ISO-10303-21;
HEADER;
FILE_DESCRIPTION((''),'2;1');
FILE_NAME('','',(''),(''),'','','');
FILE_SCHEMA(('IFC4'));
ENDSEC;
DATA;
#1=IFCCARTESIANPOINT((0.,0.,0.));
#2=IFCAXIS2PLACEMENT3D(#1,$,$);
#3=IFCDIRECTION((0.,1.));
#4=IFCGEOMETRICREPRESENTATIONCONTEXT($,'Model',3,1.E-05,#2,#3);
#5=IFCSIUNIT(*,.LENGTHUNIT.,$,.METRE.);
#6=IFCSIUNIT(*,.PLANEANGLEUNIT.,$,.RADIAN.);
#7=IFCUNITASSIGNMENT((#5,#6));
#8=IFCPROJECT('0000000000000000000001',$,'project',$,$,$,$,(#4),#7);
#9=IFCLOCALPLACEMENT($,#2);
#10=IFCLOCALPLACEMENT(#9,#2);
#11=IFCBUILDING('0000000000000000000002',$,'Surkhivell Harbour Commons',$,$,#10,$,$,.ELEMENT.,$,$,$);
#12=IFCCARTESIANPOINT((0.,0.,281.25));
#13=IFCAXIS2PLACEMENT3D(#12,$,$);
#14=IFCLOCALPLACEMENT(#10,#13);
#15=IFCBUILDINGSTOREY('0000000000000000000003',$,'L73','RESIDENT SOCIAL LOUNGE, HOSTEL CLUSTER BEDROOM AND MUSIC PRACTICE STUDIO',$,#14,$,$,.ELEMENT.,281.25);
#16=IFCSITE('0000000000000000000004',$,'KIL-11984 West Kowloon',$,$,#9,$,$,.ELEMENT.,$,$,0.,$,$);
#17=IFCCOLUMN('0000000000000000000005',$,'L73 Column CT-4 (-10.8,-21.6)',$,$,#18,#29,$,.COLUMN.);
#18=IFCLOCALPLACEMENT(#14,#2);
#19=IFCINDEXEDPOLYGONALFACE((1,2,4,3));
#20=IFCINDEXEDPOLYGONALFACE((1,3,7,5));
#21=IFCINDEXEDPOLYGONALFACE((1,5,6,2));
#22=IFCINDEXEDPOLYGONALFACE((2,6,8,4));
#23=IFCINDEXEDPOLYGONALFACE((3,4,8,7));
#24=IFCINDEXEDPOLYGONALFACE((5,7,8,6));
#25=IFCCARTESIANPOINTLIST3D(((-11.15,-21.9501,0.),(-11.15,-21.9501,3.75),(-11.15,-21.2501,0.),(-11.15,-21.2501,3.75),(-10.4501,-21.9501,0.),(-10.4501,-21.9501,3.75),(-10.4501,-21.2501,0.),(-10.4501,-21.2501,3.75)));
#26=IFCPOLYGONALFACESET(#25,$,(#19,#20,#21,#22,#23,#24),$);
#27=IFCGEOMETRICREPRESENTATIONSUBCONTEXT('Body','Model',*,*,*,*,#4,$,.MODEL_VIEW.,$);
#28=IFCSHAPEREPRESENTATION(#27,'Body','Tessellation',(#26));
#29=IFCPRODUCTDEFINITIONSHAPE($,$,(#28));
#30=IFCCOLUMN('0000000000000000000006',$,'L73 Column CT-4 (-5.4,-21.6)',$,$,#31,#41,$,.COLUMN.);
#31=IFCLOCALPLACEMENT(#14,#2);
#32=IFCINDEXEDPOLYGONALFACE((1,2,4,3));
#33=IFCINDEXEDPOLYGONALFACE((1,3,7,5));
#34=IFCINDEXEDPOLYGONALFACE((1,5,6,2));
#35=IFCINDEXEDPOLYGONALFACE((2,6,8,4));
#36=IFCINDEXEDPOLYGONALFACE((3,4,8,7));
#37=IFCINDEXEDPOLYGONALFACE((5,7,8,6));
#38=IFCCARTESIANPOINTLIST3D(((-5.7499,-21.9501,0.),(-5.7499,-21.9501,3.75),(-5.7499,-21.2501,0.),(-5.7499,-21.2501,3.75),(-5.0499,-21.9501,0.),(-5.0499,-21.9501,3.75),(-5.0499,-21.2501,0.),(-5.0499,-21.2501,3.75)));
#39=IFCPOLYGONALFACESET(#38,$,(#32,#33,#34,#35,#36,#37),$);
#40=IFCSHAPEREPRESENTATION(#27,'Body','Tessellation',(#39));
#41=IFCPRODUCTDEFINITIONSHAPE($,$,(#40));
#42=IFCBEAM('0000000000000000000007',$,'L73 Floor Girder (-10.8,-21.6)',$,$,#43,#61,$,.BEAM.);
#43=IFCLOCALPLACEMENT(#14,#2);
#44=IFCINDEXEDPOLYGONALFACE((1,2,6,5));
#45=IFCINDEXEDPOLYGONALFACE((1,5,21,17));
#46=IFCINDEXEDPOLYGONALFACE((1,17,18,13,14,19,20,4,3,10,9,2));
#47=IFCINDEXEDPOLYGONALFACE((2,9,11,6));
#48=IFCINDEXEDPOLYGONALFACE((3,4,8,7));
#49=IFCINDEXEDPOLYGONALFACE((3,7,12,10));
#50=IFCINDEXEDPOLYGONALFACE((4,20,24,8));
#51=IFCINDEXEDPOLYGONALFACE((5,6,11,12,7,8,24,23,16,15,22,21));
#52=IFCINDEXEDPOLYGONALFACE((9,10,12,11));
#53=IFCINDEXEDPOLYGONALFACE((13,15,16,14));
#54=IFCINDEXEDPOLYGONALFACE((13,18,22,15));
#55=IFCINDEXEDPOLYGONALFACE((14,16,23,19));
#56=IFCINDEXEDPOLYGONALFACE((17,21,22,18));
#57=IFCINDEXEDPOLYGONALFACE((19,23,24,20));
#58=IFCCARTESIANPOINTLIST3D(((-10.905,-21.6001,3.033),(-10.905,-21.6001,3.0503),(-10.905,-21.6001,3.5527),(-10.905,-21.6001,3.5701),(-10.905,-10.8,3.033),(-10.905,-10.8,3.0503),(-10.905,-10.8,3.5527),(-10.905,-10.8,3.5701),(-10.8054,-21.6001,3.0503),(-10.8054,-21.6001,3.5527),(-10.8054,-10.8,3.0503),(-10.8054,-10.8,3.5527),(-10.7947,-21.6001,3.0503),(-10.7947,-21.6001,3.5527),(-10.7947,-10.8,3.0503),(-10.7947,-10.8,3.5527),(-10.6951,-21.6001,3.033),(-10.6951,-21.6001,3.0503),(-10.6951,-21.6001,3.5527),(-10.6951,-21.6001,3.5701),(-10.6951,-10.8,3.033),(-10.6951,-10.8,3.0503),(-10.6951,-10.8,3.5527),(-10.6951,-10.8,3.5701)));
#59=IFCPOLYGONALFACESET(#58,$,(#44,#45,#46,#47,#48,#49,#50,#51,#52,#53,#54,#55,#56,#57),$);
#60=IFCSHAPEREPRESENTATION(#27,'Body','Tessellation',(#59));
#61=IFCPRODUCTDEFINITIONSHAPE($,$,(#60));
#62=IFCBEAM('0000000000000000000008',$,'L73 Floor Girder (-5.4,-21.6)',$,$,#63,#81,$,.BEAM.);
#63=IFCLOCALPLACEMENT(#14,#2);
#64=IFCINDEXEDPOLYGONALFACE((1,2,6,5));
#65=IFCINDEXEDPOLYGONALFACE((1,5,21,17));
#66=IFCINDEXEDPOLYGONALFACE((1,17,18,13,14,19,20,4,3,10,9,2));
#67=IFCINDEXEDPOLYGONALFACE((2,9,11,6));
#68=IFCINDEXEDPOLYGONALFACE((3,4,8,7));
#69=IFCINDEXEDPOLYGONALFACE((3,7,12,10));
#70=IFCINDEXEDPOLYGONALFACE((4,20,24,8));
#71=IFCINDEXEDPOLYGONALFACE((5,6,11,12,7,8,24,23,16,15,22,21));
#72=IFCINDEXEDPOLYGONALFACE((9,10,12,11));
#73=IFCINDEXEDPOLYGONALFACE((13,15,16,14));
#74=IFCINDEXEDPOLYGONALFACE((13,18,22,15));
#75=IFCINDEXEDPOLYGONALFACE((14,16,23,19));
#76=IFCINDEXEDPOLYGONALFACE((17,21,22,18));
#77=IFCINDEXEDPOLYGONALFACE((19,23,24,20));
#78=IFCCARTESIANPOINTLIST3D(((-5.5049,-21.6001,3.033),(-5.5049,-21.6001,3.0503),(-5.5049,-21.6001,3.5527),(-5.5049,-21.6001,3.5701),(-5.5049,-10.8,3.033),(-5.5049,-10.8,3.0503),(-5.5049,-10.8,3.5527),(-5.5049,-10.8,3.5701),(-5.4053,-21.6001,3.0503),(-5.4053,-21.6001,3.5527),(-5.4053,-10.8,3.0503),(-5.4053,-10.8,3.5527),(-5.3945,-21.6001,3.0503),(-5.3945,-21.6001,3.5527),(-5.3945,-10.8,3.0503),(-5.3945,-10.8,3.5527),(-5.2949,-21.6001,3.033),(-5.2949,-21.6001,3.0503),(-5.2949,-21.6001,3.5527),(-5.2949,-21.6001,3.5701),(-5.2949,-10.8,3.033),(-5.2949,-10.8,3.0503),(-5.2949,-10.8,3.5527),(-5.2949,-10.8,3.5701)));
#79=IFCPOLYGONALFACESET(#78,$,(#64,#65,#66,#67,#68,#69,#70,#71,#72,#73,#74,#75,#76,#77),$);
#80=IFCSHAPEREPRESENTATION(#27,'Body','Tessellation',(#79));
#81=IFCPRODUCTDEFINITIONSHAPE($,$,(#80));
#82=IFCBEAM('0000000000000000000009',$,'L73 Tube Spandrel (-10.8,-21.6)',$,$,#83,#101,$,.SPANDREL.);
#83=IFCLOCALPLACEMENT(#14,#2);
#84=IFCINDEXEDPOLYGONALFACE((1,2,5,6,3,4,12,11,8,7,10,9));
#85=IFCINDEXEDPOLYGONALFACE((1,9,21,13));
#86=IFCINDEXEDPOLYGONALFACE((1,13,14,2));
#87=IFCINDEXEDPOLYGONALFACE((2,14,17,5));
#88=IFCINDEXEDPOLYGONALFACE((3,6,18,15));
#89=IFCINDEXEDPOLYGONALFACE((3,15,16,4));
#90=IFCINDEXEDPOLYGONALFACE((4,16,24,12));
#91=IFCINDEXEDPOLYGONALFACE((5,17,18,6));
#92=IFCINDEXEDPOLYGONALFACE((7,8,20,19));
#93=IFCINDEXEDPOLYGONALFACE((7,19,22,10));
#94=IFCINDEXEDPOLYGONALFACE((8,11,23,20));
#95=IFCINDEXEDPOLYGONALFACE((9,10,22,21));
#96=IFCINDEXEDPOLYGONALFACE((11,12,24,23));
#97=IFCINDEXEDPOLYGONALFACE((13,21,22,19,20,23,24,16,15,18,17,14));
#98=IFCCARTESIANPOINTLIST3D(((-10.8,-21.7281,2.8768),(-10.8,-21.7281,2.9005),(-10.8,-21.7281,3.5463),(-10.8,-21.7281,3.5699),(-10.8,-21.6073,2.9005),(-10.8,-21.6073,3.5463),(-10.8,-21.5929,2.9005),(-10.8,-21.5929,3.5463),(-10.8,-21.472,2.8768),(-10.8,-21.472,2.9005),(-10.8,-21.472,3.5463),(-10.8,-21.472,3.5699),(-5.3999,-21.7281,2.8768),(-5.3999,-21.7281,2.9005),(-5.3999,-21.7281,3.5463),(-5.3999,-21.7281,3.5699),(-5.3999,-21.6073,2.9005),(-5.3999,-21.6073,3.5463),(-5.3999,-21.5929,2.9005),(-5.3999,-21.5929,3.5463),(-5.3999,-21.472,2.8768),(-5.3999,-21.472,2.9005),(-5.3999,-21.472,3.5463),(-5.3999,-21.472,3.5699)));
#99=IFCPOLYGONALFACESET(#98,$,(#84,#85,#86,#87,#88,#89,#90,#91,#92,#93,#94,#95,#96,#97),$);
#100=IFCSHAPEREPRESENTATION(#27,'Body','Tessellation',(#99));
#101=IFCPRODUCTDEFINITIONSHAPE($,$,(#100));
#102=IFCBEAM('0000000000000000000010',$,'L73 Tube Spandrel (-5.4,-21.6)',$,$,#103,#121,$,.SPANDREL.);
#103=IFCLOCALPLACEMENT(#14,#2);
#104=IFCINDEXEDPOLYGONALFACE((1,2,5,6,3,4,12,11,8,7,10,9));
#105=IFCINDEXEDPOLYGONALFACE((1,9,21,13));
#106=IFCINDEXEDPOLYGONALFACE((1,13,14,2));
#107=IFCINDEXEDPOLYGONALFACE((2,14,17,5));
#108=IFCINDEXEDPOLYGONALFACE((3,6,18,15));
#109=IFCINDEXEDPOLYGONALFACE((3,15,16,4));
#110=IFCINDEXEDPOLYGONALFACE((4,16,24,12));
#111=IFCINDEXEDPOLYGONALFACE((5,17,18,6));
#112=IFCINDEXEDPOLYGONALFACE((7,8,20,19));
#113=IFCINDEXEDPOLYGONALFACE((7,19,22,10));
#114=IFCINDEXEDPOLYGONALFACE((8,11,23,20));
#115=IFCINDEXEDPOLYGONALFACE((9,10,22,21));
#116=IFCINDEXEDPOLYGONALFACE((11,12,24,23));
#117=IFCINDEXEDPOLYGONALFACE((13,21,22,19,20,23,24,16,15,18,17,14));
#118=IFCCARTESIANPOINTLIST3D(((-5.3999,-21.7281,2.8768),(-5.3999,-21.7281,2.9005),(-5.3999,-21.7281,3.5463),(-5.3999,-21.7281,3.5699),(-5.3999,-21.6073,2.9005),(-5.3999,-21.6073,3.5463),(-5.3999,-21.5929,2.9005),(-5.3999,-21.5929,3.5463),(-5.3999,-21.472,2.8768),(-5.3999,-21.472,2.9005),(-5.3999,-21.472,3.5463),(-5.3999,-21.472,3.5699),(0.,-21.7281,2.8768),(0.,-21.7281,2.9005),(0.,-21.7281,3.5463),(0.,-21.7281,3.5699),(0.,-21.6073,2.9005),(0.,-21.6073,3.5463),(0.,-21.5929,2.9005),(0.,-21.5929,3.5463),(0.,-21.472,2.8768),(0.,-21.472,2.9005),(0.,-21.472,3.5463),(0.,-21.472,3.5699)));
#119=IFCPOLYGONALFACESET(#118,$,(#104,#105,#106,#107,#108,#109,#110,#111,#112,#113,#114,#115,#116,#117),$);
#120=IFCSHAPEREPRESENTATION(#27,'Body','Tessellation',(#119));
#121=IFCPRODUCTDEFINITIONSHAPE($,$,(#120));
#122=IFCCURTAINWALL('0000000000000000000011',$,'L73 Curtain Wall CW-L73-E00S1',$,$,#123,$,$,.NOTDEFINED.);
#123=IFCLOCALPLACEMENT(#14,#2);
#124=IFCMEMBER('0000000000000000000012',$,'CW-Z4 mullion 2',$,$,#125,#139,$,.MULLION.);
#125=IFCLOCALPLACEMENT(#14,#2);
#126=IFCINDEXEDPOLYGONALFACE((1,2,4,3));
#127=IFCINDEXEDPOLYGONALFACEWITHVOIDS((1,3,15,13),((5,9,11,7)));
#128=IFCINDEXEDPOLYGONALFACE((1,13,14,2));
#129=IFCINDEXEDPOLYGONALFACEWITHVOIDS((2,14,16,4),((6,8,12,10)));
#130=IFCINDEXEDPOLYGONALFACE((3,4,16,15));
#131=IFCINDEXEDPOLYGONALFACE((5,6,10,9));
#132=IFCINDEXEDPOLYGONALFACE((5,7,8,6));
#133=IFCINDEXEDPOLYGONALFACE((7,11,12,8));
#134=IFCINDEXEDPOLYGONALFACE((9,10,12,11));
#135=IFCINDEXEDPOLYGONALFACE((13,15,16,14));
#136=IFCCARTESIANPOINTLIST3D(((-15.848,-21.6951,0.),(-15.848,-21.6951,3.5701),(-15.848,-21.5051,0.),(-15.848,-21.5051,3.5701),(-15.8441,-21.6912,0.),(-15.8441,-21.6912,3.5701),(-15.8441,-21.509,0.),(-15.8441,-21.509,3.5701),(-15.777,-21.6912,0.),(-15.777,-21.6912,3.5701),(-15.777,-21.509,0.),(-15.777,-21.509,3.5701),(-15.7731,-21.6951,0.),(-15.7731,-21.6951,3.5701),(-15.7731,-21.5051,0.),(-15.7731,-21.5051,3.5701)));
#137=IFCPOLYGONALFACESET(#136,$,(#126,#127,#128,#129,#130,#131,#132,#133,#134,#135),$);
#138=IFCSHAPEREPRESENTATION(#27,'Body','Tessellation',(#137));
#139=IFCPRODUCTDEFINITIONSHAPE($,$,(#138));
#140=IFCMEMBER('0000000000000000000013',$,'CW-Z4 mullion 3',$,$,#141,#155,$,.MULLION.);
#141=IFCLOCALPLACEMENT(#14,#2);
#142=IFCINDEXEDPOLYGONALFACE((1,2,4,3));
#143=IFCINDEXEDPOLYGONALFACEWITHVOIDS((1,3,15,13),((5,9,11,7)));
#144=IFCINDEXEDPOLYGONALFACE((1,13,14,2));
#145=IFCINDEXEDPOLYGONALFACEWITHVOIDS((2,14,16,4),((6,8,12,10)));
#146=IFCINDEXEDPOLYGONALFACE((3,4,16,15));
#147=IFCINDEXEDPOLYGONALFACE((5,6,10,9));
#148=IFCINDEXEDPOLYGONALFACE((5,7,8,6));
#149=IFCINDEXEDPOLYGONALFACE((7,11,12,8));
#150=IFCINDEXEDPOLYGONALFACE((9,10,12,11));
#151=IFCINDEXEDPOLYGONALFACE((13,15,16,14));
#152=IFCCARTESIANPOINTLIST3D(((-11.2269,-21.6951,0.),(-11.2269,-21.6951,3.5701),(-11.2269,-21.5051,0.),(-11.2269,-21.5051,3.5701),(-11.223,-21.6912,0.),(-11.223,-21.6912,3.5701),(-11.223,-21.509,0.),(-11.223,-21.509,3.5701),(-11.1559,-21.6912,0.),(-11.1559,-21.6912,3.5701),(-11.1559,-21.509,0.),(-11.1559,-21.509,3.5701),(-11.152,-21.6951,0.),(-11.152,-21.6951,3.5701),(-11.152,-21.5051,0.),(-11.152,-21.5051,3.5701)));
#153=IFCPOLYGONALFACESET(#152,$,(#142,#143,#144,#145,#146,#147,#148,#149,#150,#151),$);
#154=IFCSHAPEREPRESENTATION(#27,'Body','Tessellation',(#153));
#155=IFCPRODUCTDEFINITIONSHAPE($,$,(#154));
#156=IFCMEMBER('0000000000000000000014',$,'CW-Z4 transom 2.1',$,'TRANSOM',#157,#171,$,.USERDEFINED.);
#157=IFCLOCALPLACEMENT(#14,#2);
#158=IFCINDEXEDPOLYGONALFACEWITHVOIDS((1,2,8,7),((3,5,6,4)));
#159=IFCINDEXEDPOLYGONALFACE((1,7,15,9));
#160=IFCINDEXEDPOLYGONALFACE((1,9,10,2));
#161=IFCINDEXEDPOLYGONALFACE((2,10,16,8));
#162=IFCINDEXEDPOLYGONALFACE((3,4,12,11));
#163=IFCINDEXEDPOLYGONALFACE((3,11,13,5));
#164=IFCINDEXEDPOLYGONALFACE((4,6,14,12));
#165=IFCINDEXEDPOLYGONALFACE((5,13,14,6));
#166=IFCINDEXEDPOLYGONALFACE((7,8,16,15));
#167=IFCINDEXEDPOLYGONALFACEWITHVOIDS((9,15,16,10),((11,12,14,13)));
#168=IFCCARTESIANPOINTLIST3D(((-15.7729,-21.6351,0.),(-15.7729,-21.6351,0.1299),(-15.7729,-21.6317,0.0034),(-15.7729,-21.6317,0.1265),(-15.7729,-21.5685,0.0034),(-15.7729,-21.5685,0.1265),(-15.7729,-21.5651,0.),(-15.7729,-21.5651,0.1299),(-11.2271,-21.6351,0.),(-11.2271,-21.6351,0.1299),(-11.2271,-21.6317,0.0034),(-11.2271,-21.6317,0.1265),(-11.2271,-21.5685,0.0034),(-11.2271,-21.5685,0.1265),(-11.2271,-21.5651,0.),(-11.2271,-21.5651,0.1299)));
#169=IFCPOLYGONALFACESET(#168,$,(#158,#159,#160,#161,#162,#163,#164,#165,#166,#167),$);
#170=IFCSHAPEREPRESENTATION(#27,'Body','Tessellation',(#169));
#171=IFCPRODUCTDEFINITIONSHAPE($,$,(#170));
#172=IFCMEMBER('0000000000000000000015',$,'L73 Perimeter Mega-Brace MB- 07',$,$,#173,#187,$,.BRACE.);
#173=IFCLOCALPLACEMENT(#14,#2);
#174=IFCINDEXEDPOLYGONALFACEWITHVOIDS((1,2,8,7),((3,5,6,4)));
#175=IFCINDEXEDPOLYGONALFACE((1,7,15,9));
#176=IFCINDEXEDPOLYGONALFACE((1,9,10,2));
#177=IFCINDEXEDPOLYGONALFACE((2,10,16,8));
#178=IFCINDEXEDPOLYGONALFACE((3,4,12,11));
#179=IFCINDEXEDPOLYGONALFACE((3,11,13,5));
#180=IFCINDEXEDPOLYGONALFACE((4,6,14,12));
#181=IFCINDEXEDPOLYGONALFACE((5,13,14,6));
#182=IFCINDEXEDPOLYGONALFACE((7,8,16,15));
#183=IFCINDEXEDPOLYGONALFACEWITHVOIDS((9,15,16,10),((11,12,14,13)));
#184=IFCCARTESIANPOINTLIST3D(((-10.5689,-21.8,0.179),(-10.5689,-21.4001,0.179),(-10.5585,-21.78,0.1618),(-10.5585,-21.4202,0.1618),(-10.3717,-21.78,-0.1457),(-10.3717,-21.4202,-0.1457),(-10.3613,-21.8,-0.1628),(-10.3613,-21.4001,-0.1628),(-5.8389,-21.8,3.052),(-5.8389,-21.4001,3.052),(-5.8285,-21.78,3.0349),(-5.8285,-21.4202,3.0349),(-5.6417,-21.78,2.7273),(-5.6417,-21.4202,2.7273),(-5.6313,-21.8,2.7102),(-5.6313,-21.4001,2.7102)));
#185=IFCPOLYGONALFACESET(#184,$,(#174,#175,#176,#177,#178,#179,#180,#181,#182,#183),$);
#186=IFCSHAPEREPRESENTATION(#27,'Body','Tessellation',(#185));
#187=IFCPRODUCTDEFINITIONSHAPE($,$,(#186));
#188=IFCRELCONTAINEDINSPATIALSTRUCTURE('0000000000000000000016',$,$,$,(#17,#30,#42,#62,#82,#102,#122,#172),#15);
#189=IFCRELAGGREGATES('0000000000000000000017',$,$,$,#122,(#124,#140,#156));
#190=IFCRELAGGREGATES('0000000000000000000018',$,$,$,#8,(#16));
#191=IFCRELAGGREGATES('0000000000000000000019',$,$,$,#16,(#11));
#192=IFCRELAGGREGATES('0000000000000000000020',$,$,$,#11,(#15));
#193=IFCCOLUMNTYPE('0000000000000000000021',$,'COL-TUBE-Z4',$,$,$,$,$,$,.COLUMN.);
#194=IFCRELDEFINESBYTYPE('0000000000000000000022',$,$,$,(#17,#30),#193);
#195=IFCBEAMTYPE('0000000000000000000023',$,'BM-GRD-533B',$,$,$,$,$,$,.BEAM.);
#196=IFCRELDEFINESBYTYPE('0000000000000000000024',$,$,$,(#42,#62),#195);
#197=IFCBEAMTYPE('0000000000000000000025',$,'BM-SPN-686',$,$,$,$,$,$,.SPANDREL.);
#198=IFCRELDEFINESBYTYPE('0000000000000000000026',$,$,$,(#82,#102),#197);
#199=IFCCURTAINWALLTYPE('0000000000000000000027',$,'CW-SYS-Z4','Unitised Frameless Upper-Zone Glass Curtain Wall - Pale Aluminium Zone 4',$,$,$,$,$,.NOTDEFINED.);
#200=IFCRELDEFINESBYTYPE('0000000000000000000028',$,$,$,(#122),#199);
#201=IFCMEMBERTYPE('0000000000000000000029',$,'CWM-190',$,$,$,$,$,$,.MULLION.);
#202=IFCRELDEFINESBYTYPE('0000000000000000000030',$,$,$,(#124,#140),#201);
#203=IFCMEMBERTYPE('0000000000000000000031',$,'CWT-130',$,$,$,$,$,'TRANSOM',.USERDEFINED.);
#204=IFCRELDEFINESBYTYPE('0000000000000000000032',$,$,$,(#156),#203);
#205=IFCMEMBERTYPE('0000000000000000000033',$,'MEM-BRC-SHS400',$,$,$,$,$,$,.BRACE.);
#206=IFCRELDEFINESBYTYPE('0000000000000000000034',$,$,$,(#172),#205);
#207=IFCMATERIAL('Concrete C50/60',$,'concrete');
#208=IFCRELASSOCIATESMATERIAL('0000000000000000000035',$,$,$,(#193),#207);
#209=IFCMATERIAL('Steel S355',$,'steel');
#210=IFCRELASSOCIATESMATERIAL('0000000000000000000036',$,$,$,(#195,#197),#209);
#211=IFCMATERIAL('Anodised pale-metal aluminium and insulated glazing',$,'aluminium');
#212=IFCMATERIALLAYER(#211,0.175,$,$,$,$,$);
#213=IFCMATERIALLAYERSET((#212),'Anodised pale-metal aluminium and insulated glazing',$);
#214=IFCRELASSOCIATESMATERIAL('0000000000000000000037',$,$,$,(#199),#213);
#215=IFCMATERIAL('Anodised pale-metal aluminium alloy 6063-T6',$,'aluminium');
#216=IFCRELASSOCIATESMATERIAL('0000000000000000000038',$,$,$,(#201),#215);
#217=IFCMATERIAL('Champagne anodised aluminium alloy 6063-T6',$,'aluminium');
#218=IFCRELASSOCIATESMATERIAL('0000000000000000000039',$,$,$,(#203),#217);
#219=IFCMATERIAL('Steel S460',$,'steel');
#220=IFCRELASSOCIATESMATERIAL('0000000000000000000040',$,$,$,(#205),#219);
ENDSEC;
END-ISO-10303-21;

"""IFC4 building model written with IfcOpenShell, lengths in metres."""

from ifc_helpers import new_model, si_unit, direction, frame, origin, origin_2d, place, context, subcontext, project, spatial, rectangle, hollow_rectangle, i_section, extrude, material, layer, layer_set, material_profile, profile_set, type_object, element, aggregate, save


model = new_model("IFC4")

# Units and contexts
model_context = context("Model", 3, precision=1e-05, world=origin(), true_north=direction((0.0, 1.0)))
body_context = subcontext(model_context, "Body", "Model", "MODEL_VIEW")
ifc_project = project(units=[si_unit("LENGTHUNIT", "METRE"), si_unit("PLANEANGLEUNIT", "RADIAN")], contexts=[model_context])

# Site, building, storey
site_placement = place(None, origin())
site = spatial("IfcSite", under=ifc_project, at=site_placement, Name="KIL-11984 West Kowloon", CompositionType="ELEMENT", RefElevation=0.0)
building_placement = place(site_placement, origin())
building = spatial("IfcBuilding", under=site, at=building_placement, Name="Surkhivell Harbour Commons", CompositionType="ELEMENT")
storey_placement = place(building_placement, frame((0.0, 0.0, 281.25)))
storey = spatial("IfcBuildingStorey", under=building, at=storey_placement, Name="L73", Description="RESIDENT SOCIAL LOUNGE, HOSTEL CLUSTER BEDROOM AND MUSIC PRACTICE STUDIO", CompositionType="ELEMENT", Elevation=281.25)

# Columns
ifc_material_1 = material(Name="Concrete C50/60", Category="concrete")
ifc_material_profile_1 = material_profile(ifc_material_1, rectangle(XDim=0.7, YDim=0.7, at=origin_2d()), Name="RC-COL-700x700")
ifc_profile_set_1 = profile_set([ifc_material_profile_1], Name="Concrete C50/60")
column_type = type_object("IfcColumnType", Name="COL-TUBE-Z4", PredefinedType="COLUMN", material=ifc_profile_set_1)
for number, where, z_axis, x_axis, name in (
    (1, (-10.8, -21.6001, 0.0), (0.0, 0.0, 1.0), (1.0, 0.0, 0.0), "L73 Column CT-4 (-10.8,-21.6)"),
    (2, (-5.3999, -21.6001, 0.0), (0.0, 0.0, 1.0), (1.0, 0.0, 0.0), "L73 Column CT-4 (-5.4,-21.6)"),
):
    element("IfcColumn", number, at=place(storey_placement, frame(where, z_axis=z_axis, x_axis=x_axis)), inside=storey, type_object=column_type, Name=name, PredefinedType="COLUMN", context=body_context, shape_type="SweptSolid", body=[
        extrude(rectangle(XDim=0.7, YDim=0.7, at=origin_2d()), origin(), (0.0, 0.0, 1.0), 3.75),
    ])

# Beams
ifc_material_2 = material(Name="Steel S355", Category="steel")
ifc_material_profile_2 = material_profile(ifc_material_2, i_section(OverallWidth=0.21, OverallDepth=0.5371, WebThickness=0.0107, FlangeThickness=0.0173, at=origin_2d()), Name="UB533x210x101")
ifc_profile_set_2 = profile_set([ifc_material_profile_2], Name="Steel S355")
beam_type_1 = type_object("IfcBeamType", Name="BM-GRD-533B", PredefinedType="BEAM", material=ifc_profile_set_2)
for number, where, z_axis, x_axis, name in (
    (3, (-10.8, -21.6001, 3.3015), (0.0, 1.0, 0.0), (-1.0, 0.0, 0.0), "L73 Floor Girder (-10.8,-21.6)"),
    (4, (-5.3999, -21.6001, 3.3015), (0.0, 1.0, 0.0), (-1.0, 0.0, 0.0), "L73 Floor Girder (-5.4,-21.6)"),
):
    element("IfcBeam", number, at=place(storey_placement, frame(where, z_axis=z_axis, x_axis=x_axis)), inside=storey, type_object=beam_type_1, Name=name, PredefinedType="BEAM", context=body_context, shape_type="SweptSolid", body=[
        extrude(i_section(OverallWidth=0.21, OverallDepth=0.5371, WebThickness=0.0107, FlangeThickness=0.0173, at=origin_2d()), origin(), (0.0, 0.0, 1.0), 10.8),
    ])
ifc_material_profile_3 = material_profile(ifc_material_2, i_section(OverallWidth=0.2561, OverallDepth=0.6931, WebThickness=0.0144, FlangeThickness=0.0237, at=origin_2d()), Name="UB686x254x170")
ifc_profile_set_3 = profile_set([ifc_material_profile_3], Name="Steel S355")
beam_type_2 = type_object("IfcBeamType", Name="BM-SPN-686", PredefinedType="SPANDREL", material=ifc_profile_set_3)
beam_1_placement = place(storey_placement, frame((-10.8, -21.6001, 3.2234), z_axis=(1.0, 0.0, 0.0), x_axis=(0.0, 1.0, 0.0)))
element("IfcBeam", 5, at=beam_1_placement, inside=storey, type_object=beam_type_2, Name="L73 Tube Spandrel (-10.8,-21.6)", PredefinedType="SPANDREL", context=body_context, shape_type="SweptSolid", body=[
    extrude(i_section(OverallWidth=0.2561, OverallDepth=0.6931, WebThickness=0.0144, FlangeThickness=0.0237, at=origin_2d()), origin(), (0.0, 0.0, 1.0), 5.4001),
])
beam_2_placement = place(storey_placement, frame((-5.3999, -21.6001, 3.2234), z_axis=(1.0, 0.0, 0.0), x_axis=(0.0, 1.0, 0.0)))
element("IfcBeam", 6, at=beam_2_placement, inside=storey, type_object=beam_type_2, Name="L73 Tube Spandrel (-5.4,-21.6)", PredefinedType="SPANDREL", context=body_context, shape_type="SweptSolid", body=[
    extrude(i_section(OverallWidth=0.2561, OverallDepth=0.6931, WebThickness=0.0144, FlangeThickness=0.0237, at=origin_2d()), origin(), (0.0, 0.0, 1.0), 5.3999),
])

# Curtain wall, members
ifc_material_3 = material(Name="Anodised pale-metal aluminium and insulated glazing", Category="aluminium")
ifc_layer_1 = layer(ifc_material_3, 0.175)
ifc_layer_set_1 = layer_set([ifc_layer_1], Name="Anodised pale-metal aluminium and insulated glazing")
curtain_wall_type = type_object("IfcCurtainWallType", Name="CW-SYS-Z4", Description="Unitised Frameless Upper-Zone Glass Curtain Wall - Pale Aluminium Zone 4", PredefinedType="NOTDEFINED", material=ifc_layer_set_1)
curtain_wall_placement = place(storey_placement, origin())
curtain_wall = element("IfcCurtainWall", 7, at=curtain_wall_placement, inside=storey, type_object=curtain_wall_type, Name="L73 Curtain Wall CW-L73-E00S1", PredefinedType="NOTDEFINED")
ifc_material_4 = material(Name="Anodised pale-metal aluminium alloy 6063-T6", Category="aluminium")
ifc_material_profile_4 = material_profile(ifc_material_4, hollow_rectangle(XDim=0.075, YDim=0.1899, WallThickness=0.0039, at=origin_2d()), Name="ALU-MULL-75x190")
ifc_profile_set_4 = profile_set([ifc_material_profile_4], Name="Anodised pale-metal aluminium alloy 6063-T6")
member_type_1 = type_object("IfcMemberType", Name="CWM-190", PredefinedType="MULLION", material=ifc_profile_set_4)
member_1_placement = place(storey_placement, frame((-15.8105, -21.6001, 0.0), z_axis=(0.0, 0.0, 1.0), x_axis=(1.0, 0.0, 0.0)))
member_1 = element("IfcMember", 8, at=member_1_placement, type_object=member_type_1, Name="CW-Z4 mullion 2", PredefinedType="MULLION", context=body_context, shape_type="SweptSolid", body=[
    extrude(hollow_rectangle(XDim=0.075, YDim=0.1899, WallThickness=0.0039, at=origin_2d()), origin(), (0.0, 0.0, 1.0), 3.5701),
])
member_2_placement = place(storey_placement, frame((-11.1895, -21.6001, 0.0), z_axis=(0.0, 0.0, 1.0), x_axis=(1.0, 0.0, 0.0)))
member_2 = element("IfcMember", 9, at=member_2_placement, type_object=member_type_1, Name="CW-Z4 mullion 3", PredefinedType="MULLION", context=body_context, shape_type="SweptSolid", body=[
    extrude(hollow_rectangle(XDim=0.075, YDim=0.1899, WallThickness=0.0039, at=origin_2d()), origin(), (0.0, 0.0, 1.0), 3.5701),
])
ifc_material_5 = material(Name="Champagne anodised aluminium alloy 6063-T6", Category="aluminium")
ifc_material_profile_5 = material_profile(ifc_material_5, hollow_rectangle(XDim=0.0701, YDim=0.1299, WallThickness=0.0034, at=origin_2d()), Name="ALU-TRAN-70x130")
ifc_profile_set_5 = profile_set([ifc_material_profile_5], Name="Champagne anodised aluminium alloy 6063-T6")
member_type_2 = type_object("IfcMemberType", Name="CWT-130", ElementType="TRANSOM", PredefinedType="USERDEFINED", material=ifc_profile_set_5)
member_3_placement = place(storey_placement, frame((-15.7729, -21.6001, 0.0649), z_axis=(1.0, 0.0, 0.0), x_axis=(0.0, 1.0, 0.0)))
member_3 = element("IfcMember", 10, at=member_3_placement, type_object=member_type_2, Name="CW-Z4 transom 2.1", ObjectType="TRANSOM", PredefinedType="USERDEFINED", context=body_context, shape_type="SweptSolid", body=[
    extrude(hollow_rectangle(XDim=0.0701, YDim=0.1299, WallThickness=0.0034, at=origin_2d()), origin(), (0.0, 0.0, 1.0), 4.5459),
])

# Member
ifc_material_6 = material(Name="Steel S460", Category="steel")
ifc_material_profile_6 = material_profile(ifc_material_6, hollow_rectangle(XDim=0.3999, YDim=0.3999, WallThickness=0.02, at=origin_2d()), Name="SHS400x400x20")
ifc_profile_set_6 = profile_set([ifc_material_profile_6], Name="Steel S460")
member_type_3 = type_object("IfcMemberType", Name="MEM-BRC-SHS400", PredefinedType="BRACE", material=ifc_profile_set_6)
member_4_placement = place(storey_placement, frame((-10.4651, -21.6001, 0.0081), z_axis=(0.854685, 0.0, 0.519146), x_axis=(0.0, 1.0, 0.0)))
element("IfcMember", 11, at=member_4_placement, inside=storey, type_object=member_type_3, Name="L73 Perimeter Mega-Brace MB- 07", PredefinedType="BRACE", context=body_context, shape_type="SweptSolid", body=[
    extrude(hollow_rectangle(XDim=0.3999, YDim=0.3999, WallThickness=0.02, at=origin_2d()), origin(), (0.0, 0.0, 1.0), 5.5342),
])

aggregate(curtain_wall, [member_1, member_2, member_3])

save(model, "model.ifc")
